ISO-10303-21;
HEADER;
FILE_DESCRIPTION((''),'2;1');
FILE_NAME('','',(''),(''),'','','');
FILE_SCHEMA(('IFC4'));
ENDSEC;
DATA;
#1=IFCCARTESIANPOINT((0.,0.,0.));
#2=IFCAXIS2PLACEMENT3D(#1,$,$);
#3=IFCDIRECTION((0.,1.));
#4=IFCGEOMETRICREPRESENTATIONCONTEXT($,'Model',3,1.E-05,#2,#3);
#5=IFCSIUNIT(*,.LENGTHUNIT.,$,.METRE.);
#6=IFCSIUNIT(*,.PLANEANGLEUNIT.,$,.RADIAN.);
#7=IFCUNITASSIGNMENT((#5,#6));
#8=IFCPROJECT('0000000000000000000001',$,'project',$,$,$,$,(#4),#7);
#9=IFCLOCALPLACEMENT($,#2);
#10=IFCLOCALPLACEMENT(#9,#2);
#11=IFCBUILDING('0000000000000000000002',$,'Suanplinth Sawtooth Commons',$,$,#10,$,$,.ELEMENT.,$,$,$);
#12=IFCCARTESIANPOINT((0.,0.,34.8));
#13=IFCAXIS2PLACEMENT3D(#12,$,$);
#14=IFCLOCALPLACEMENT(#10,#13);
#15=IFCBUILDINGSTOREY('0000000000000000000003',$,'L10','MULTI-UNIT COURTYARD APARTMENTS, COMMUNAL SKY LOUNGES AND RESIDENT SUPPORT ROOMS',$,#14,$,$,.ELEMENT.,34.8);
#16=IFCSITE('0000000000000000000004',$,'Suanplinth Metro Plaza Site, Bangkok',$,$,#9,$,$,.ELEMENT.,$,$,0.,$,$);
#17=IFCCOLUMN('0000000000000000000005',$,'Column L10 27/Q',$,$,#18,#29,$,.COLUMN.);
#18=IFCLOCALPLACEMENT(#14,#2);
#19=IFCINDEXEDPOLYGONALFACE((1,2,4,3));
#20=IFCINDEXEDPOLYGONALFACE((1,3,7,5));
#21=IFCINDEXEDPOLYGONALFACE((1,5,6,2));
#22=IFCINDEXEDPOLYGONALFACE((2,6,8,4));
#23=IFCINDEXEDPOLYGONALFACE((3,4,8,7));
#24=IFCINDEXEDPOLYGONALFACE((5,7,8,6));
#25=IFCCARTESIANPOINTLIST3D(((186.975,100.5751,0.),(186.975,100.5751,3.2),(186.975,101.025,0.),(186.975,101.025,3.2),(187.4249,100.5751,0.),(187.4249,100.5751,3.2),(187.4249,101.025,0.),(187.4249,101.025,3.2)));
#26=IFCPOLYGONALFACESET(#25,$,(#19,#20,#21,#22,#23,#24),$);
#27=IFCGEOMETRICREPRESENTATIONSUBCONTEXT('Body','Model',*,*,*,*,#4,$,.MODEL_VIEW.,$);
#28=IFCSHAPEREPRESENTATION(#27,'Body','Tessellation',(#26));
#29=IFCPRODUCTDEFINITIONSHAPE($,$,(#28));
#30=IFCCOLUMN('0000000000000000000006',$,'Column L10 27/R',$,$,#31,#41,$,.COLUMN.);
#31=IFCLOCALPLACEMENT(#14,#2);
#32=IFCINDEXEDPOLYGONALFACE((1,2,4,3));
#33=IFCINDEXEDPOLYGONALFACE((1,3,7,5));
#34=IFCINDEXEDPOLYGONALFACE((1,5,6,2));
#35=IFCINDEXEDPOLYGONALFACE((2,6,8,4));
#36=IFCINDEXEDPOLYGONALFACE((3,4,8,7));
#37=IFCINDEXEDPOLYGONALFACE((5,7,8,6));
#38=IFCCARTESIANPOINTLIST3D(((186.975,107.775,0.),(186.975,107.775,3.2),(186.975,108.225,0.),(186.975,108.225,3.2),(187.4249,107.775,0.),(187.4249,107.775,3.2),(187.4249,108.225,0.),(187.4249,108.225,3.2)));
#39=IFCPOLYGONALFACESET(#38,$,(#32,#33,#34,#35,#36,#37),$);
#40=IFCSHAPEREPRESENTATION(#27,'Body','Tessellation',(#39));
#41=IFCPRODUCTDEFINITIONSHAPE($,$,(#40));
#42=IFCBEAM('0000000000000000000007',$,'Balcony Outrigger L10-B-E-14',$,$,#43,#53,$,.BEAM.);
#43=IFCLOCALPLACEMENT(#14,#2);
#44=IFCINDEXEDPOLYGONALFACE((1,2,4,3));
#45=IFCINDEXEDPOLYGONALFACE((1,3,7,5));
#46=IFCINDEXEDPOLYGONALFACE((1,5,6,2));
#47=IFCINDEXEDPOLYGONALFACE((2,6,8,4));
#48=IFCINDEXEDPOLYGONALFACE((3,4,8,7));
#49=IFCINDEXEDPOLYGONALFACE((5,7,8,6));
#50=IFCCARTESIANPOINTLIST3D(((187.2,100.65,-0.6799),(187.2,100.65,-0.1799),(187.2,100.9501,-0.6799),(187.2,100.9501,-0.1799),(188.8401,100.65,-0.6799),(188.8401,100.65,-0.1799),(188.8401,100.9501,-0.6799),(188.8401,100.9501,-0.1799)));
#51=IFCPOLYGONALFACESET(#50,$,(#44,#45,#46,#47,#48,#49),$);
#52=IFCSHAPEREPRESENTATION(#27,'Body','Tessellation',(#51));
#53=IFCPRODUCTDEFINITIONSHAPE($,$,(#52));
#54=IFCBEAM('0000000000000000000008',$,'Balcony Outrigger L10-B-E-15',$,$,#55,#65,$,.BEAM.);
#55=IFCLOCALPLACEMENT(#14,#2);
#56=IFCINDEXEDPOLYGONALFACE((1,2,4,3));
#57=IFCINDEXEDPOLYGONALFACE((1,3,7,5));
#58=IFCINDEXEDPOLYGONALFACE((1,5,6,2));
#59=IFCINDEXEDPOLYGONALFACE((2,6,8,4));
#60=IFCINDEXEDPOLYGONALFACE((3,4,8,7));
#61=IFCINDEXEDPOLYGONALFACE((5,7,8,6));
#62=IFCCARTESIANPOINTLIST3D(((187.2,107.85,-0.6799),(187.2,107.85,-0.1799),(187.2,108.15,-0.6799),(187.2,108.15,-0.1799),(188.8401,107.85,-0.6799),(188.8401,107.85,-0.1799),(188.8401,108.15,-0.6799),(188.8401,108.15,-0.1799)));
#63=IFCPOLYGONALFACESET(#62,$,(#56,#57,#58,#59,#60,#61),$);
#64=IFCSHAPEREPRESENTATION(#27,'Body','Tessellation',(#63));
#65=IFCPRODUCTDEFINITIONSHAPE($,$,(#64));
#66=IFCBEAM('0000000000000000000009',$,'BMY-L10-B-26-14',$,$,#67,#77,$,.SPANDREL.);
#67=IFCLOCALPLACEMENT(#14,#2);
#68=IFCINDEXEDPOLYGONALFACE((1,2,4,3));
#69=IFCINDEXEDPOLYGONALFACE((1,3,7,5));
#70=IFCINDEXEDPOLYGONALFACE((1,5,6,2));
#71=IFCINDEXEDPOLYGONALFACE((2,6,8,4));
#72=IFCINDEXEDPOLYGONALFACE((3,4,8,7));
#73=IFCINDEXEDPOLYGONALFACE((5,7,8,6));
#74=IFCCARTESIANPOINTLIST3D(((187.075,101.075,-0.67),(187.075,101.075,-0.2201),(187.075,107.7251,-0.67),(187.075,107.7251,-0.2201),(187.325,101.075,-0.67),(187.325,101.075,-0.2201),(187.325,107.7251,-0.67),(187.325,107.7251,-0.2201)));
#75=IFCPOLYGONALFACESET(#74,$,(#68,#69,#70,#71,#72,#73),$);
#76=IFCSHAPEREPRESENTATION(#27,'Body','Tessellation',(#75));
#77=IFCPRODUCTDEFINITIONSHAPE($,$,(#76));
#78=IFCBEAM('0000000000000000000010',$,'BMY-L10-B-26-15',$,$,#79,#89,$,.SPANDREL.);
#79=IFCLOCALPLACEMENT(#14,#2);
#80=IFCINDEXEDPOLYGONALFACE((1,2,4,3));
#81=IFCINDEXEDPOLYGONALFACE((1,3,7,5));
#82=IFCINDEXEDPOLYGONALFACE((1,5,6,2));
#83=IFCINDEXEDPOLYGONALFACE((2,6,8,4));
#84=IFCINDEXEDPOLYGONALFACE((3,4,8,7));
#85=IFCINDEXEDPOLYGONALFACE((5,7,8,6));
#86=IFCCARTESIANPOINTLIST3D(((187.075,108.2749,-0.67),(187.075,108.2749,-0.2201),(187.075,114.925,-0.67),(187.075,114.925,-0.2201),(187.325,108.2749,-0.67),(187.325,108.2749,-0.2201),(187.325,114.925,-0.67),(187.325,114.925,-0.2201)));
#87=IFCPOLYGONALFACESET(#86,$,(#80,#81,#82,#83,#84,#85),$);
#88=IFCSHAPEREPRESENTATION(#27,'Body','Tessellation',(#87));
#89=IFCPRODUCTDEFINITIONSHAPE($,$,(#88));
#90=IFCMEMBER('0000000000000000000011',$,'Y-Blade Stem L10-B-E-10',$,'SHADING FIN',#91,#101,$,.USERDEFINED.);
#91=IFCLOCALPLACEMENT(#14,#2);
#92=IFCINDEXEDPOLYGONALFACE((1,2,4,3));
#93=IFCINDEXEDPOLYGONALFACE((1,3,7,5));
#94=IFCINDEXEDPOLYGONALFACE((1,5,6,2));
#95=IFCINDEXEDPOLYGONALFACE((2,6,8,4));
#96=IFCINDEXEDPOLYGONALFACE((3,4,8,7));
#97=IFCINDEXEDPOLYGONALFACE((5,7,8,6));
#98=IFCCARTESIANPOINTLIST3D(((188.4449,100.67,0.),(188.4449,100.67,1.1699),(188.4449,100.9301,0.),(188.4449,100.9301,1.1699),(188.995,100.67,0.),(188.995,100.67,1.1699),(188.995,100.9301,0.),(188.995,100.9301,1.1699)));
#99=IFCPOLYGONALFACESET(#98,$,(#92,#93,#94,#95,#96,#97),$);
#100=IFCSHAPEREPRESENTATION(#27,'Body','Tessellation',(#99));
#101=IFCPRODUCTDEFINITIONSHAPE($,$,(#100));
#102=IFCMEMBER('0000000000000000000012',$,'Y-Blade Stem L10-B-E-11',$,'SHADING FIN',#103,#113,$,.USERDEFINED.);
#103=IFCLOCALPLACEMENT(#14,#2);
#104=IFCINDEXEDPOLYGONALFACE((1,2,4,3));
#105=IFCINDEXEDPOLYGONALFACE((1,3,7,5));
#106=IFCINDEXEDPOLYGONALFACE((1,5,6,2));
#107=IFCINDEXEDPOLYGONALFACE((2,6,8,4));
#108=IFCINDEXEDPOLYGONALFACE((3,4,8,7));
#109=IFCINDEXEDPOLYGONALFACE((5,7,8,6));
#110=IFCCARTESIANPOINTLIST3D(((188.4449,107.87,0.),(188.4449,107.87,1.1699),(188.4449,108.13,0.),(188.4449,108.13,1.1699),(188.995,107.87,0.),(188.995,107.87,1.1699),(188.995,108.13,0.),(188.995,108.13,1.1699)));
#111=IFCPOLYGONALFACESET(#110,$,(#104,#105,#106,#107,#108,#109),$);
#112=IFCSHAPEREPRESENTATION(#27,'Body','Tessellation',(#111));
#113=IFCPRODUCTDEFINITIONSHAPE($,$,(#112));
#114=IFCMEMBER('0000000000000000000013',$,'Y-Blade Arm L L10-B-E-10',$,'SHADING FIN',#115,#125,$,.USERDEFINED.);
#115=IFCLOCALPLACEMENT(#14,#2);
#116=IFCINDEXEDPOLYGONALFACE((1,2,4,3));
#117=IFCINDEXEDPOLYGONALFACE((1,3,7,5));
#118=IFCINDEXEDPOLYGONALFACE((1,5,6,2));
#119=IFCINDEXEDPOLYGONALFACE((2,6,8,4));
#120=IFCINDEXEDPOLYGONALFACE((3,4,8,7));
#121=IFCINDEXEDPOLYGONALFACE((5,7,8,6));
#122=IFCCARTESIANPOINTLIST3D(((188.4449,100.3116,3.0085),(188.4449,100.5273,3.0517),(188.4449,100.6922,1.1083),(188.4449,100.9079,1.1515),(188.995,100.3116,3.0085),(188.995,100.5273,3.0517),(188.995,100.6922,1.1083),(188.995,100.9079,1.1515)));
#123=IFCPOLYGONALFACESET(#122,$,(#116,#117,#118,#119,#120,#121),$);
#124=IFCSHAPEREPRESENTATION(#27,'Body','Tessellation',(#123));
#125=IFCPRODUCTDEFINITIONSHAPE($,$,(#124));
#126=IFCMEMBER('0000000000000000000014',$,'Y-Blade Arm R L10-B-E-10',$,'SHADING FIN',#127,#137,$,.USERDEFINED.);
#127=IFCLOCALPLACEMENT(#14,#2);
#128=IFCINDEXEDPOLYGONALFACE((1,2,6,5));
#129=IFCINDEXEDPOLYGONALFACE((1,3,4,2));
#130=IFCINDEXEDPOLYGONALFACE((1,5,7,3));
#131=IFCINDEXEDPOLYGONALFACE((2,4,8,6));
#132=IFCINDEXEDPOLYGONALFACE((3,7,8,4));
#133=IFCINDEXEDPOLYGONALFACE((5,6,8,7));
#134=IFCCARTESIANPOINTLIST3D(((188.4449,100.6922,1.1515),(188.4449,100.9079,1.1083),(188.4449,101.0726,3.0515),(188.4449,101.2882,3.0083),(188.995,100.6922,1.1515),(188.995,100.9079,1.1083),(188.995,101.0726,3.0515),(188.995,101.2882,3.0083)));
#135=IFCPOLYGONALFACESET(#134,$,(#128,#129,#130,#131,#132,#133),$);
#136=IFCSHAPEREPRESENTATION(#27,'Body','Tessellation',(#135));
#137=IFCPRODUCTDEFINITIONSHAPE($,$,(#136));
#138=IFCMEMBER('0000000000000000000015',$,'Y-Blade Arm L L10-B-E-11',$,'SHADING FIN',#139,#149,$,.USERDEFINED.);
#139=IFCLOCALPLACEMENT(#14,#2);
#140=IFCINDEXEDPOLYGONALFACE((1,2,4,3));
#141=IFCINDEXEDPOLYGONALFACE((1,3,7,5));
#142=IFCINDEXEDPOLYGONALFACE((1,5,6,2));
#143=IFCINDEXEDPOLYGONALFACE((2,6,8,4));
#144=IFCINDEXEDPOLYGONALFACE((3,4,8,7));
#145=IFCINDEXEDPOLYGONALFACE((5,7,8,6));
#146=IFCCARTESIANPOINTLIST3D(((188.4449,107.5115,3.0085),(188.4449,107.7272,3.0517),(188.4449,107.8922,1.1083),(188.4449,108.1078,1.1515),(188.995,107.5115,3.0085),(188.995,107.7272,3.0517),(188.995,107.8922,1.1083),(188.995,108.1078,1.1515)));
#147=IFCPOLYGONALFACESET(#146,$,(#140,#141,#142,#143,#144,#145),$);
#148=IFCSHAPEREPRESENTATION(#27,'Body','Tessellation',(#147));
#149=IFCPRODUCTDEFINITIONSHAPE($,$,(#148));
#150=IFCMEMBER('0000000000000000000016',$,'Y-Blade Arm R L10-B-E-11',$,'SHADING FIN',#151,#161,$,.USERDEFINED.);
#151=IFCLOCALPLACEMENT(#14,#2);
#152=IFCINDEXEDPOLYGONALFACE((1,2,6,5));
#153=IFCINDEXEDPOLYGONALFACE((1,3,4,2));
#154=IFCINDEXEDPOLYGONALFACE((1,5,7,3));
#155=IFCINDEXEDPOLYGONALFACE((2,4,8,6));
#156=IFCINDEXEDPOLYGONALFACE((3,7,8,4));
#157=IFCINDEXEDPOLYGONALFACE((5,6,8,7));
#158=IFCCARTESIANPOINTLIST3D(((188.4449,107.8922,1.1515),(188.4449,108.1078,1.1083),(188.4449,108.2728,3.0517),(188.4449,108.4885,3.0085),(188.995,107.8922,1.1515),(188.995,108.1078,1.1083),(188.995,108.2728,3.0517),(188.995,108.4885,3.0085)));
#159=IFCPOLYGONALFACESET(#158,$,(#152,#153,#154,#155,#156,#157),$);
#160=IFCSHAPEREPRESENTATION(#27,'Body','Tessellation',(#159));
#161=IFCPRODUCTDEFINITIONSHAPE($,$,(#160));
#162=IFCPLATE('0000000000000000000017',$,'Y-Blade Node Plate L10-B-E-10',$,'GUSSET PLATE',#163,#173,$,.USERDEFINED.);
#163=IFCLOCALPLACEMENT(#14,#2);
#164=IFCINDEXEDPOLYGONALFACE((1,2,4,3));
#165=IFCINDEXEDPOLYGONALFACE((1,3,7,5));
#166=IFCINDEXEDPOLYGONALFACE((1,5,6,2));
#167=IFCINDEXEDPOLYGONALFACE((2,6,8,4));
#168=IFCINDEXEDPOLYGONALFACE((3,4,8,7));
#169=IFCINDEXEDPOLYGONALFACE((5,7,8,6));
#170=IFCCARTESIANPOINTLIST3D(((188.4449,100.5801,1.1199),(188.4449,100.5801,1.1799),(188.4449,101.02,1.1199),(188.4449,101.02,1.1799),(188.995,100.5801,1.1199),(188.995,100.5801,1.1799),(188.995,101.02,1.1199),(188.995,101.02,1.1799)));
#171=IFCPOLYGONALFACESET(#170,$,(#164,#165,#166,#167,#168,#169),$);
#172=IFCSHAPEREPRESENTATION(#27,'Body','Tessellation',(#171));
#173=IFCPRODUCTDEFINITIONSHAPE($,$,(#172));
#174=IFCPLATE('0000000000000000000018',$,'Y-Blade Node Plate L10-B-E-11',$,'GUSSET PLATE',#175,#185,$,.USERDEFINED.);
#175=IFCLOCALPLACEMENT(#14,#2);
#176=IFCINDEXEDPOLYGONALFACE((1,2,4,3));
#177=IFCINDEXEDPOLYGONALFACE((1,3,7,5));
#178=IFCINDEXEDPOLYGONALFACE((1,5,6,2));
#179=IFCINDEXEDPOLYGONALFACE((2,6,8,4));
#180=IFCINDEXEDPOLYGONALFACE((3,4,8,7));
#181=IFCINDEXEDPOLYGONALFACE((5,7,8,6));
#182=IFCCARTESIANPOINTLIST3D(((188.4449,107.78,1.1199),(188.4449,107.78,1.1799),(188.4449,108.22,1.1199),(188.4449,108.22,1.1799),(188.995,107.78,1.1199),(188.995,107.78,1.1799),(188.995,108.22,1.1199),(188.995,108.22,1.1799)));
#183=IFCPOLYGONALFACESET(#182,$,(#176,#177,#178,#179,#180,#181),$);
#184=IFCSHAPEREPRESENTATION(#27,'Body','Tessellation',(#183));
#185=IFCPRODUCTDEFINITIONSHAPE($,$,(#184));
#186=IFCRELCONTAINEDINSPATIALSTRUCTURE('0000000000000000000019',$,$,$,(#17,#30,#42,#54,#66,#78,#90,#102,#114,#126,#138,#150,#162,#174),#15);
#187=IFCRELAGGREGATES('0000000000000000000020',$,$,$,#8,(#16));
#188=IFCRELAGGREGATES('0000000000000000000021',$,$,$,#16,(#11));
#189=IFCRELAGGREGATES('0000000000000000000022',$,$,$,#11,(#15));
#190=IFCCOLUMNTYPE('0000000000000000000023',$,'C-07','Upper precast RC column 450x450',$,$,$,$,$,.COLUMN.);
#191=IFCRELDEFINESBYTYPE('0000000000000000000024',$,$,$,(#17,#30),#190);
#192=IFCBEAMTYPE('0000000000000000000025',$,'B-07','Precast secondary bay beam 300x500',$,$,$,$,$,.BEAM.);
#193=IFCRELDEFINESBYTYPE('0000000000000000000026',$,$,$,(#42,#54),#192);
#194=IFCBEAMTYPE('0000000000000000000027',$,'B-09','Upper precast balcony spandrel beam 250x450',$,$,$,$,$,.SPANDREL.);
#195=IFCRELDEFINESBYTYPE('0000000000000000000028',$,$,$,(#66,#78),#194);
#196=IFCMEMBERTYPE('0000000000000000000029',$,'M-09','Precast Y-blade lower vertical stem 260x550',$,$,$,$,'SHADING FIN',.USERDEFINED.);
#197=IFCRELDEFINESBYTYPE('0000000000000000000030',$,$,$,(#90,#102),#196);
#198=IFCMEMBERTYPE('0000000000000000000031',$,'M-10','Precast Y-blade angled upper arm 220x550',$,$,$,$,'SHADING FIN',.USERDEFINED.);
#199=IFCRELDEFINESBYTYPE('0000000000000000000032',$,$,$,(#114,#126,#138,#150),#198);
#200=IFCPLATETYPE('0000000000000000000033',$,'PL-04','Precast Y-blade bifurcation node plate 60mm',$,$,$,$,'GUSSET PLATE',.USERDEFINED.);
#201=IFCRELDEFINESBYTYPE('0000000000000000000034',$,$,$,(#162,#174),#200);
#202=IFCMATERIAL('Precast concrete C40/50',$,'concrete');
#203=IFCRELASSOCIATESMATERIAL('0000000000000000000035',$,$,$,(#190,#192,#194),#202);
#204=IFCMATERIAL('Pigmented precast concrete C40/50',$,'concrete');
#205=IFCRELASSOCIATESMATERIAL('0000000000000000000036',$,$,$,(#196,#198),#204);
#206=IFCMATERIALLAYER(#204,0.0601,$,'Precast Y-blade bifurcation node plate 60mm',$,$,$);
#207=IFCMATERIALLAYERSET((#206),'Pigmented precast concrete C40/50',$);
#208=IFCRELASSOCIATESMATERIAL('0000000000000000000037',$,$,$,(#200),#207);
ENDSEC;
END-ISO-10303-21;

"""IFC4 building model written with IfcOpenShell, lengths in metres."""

from ifc_helpers import new_model, si_unit, direction, frame, origin, origin_2d, place, context, subcontext, project, spatial, rectangle, extrude, material, layer, layer_set, material_profile, profile_set, type_object, element, save


model = new_model("IFC4")

# Units and contexts
model_context = context("Model", 3, precision=1e-05, world=origin(), true_north=direction((0.0, 1.0)))
body_context = subcontext(model_context, "Body", "Model", "MODEL_VIEW")
ifc_project = project(units=[si_unit("LENGTHUNIT", "METRE"), si_unit("PLANEANGLEUNIT", "RADIAN")], contexts=[model_context])

# Site, building, storey
site_placement = place(None, origin())
site = spatial("IfcSite", under=ifc_project, at=site_placement, Name="Suanplinth Metro Plaza Site, Bangkok", CompositionType="ELEMENT", RefElevation=0.0)
building_placement = place(site_placement, origin())
building = spatial("IfcBuilding", under=site, at=building_placement, Name="Suanplinth Sawtooth Commons", CompositionType="ELEMENT")
storey_placement = place(building_placement, frame((0.0, 0.0, 34.8)))
storey = spatial("IfcBuildingStorey", under=building, at=storey_placement, Name="L10", Description="MULTI-UNIT COURTYARD APARTMENTS, COMMUNAL SKY LOUNGES AND RESIDENT SUPPORT ROOMS", CompositionType="ELEMENT", Elevation=34.8)

# Columns
ifc_material_1 = material(Name="Precast concrete C40/50", Category="concrete")
ifc_material_profile_1 = material_profile(ifc_material_1, rectangle(XDim=0.45, YDim=0.45, at=origin_2d()), Name="PC-COL 450x450")
ifc_profile_set_1 = profile_set([ifc_material_profile_1], Name="Precast concrete C40/50")
column_type = type_object("IfcColumnType", Name="C-07", Description="Upper precast RC column 450x450", PredefinedType="COLUMN", material=ifc_profile_set_1)
for number, where, z_axis, x_axis, name in (
    (1, (187.2, 100.8, 0.0), (0.0, 0.0, 1.0), (1.0, 0.0, 0.0), "Column L10 27/Q"),
    (2, (187.2, 108.0, 0.0), (0.0, 0.0, 1.0), (1.0, 0.0, 0.0), "Column L10 27/R"),
):
    element("IfcColumn", number, at=place(storey_placement, frame(where, z_axis=z_axis, x_axis=x_axis)), inside=storey, type_object=column_type, Name=name, PredefinedType="COLUMN", context=body_context, shape_type="SweptSolid", body=[
        extrude(rectangle(XDim=0.45, YDim=0.45, at=origin_2d()), origin(), (0.0, 0.0, 1.0), 3.2),
    ])

# Beams
ifc_material_profile_2 = material_profile(ifc_material_1, rectangle(XDim=0.3, YDim=0.5, at=origin_2d()), Name="PC-BM 300x500")
ifc_profile_set_2 = profile_set([ifc_material_profile_2], Name="Precast concrete C40/50")
beam_type_1 = type_object("IfcBeamType", Name="B-07", Description="Precast secondary bay beam 300x500", PredefinedType="BEAM", material=ifc_profile_set_2)
for number, where, z_axis, x_axis, name in (
    (3, (187.2, 100.8, -0.4299), (1.0, 0.0, 0.0), (0.0, 1.0, 0.0), "Balcony Outrigger L10-B-E-14"),
    (4, (187.2, 108.0, -0.4299), (1.0, 0.0, 0.0), (0.0, 1.0, 0.0), "Balcony Outrigger L10-B-E-15"),
):
    element("IfcBeam", number, at=place(storey_placement, frame(where, z_axis=z_axis, x_axis=x_axis)), inside=storey, type_object=beam_type_1, Name=name, PredefinedType="BEAM", context=body_context, shape_type="SweptSolid", body=[
        extrude(rectangle(XDim=0.3, YDim=0.5, at=origin_2d()), origin(), (0.0, 0.0, 1.0), 1.6401),
    ])
ifc_material_profile_3 = material_profile(ifc_material_1, rectangle(XDim=0.25, YDim=0.45, at=origin_2d()), Name="PC-SP 250x450")
ifc_profile_set_3 = profile_set([ifc_material_profile_3], Name="Precast concrete C40/50")
beam_type_2 = type_object("IfcBeamType", Name="B-09", Description="Upper precast balcony spandrel beam 250x450", PredefinedType="SPANDREL", material=ifc_profile_set_3)
for number, where, z_axis, x_axis, name in (
    (5, (187.2, 101.075, -0.4451), (0.0, 1.0, 0.0), (-1.0, 0.0, 0.0), "BMY-L10-B-26-14"),
    (6, (187.2, 108.2749, -0.4451), (0.0, 1.0, 0.0), (-1.0, 0.0, 0.0), "BMY-L10-B-26-15"),
):
    element("IfcBeam", number, at=place(storey_placement, frame(where, z_axis=z_axis, x_axis=x_axis)), inside=storey, type_object=beam_type_2, Name=name, PredefinedType="SPANDREL", context=body_context, shape_type="SweptSolid", body=[
        extrude(rectangle(XDim=0.25, YDim=0.45, at=origin_2d()), origin(), (0.0, 0.0, 1.0), 6.6501),
    ])

# Members
ifc_material_2 = material(Name="Pigmented precast concrete C40/50", Category="concrete")
ifc_material_profile_4 = material_profile(ifc_material_2, rectangle(XDim=0.26, YDim=0.55, at=origin_2d()), Name="PC-FIN 260x550")
ifc_profile_set_4 = profile_set([ifc_material_profile_4], Name="Pigmented precast concrete C40/50")
member_type_1 = type_object("IfcMemberType", Name="M-09", Description="Precast Y-blade lower vertical stem 260x550", ElementType="SHADING FIN", PredefinedType="USERDEFINED", material=ifc_profile_set_4)
for number, where, z_axis, x_axis, name in (
    (7, (188.72, 100.8, 0.0), (0.0, 0.0, 1.0), (0.0, 1.0, 0.0), "Y-Blade Stem L10-B-E-10"),
    (8, (188.72, 108.0, 0.0), (0.0, 0.0, 1.0), (0.0, 1.0, 0.0), "Y-Blade Stem L10-B-E-11"),
):
    element("IfcMember", number, at=place(storey_placement, frame(where, z_axis=z_axis, x_axis=x_axis)), inside=storey, type_object=member_type_1, Name=name, ObjectType="SHADING FIN", PredefinedType="USERDEFINED", context=body_context, shape_type="SweptSolid", body=[
        extrude(rectangle(XDim=0.26, YDim=0.55, at=origin_2d()), origin(), (0.0, 0.0, 1.0), 1.1699),
    ])
ifc_material_profile_5 = material_profile(ifc_material_2, rectangle(XDim=0.22, YDim=0.55, at=origin_2d()), Name="PC-FIN 220x550")
ifc_profile_set_5 = profile_set([ifc_material_profile_5], Name="Pigmented precast concrete C40/50")
member_type_2 = type_object("IfcMemberType", Name="M-10", Description="Precast Y-blade angled upper arm 220x550", ElementType="SHADING FIN", PredefinedType="USERDEFINED", material=ifc_profile_set_5)
member_1_placement = place(storey_placement, frame((188.72, 100.8, 1.1299), z_axis=(0.0, -0.196407, 0.980522), x_axis=(0.0, 0.980522, 0.196407)))
element("IfcMember", 9, at=member_1_placement, inside=storey, type_object=member_type_2, Name="Y-Blade Arm L L10-B-E-10", ObjectType="SHADING FIN", PredefinedType="USERDEFINED", context=body_context, shape_type="SweptSolid", body=[
    extrude(rectangle(XDim=0.22, YDim=0.55, at=origin_2d()), origin(), (0.0, 0.0, 1.0), 1.938),
])
member_2_placement = place(storey_placement, frame((188.72, 100.8, 1.1299), z_axis=(0.0, 0.196286, 0.980547), x_axis=(0.0, -0.980547, 0.196286)))
element("IfcMember", 10, at=member_2_placement, inside=storey, type_object=member_type_2, Name="Y-Blade Arm R L10-B-E-10", ObjectType="SHADING FIN", PredefinedType="USERDEFINED", context=body_context, shape_type="SweptSolid", body=[
    extrude(rectangle(XDim=0.22, YDim=0.55, at=origin_2d()), origin(), (0.0, 0.0, 1.0), 1.9377),
])
for number, where, z_axis, x_axis, name in (
    (11, (188.72, 108.0, 1.1299), (0.0, -0.196407, 0.980522), (0.0, 0.980522, 0.196407), "Y-Blade Arm L L10-B-E-11"),
    (12, (188.72, 108.0, 1.1299), (0.0, 0.196407, 0.980522), (0.0, -0.980522, 0.196407), "Y-Blade Arm R L10-B-E-11"),
):
    element("IfcMember", number, at=place(storey_placement, frame(where, z_axis=z_axis, x_axis=x_axis)), inside=storey, type_object=member_type_2, Name=name, ObjectType="SHADING FIN", PredefinedType="USERDEFINED", context=body_context, shape_type="SweptSolid", body=[
        extrude(rectangle(XDim=0.22, YDim=0.55, at=origin_2d()), origin(), (0.0, 0.0, 1.0), 1.938),
    ])

# Plates
ifc_layer_1 = layer(ifc_material_2, 0.0601, Name="Precast Y-blade bifurcation node plate 60mm")
ifc_layer_set_1 = layer_set([ifc_layer_1], Name="Pigmented precast concrete C40/50")
plate_type = type_object("IfcPlateType", Name="PL-04", Description="Precast Y-blade bifurcation node plate 60mm", ElementType="GUSSET PLATE", PredefinedType="USERDEFINED", material=ifc_layer_set_1)
for number, where, z_axis, x_axis, name in (
    (13, (188.72, 100.8, 1.1199), (0.0, 0.0, 1.0), (0.0, 1.0, 0.0), "Y-Blade Node Plate L10-B-E-10"),
    (14, (188.72, 108.0, 1.1199), (0.0, 0.0, 1.0), (0.0, 1.0, 0.0), "Y-Blade Node Plate L10-B-E-11"),
):
    element("IfcPlate", number, at=place(storey_placement, frame(where, z_axis=z_axis, x_axis=x_axis)), inside=storey, type_object=plate_type, Name=name, ObjectType="GUSSET PLATE", PredefinedType="USERDEFINED", context=body_context, shape_type="SweptSolid", body=[
        extrude(rectangle(XDim=0.4399, YDim=0.55, at=origin_2d()), origin(), (0.0, 0.0, 1.0), 0.0601),
    ])

save(model, "model.ifc")
